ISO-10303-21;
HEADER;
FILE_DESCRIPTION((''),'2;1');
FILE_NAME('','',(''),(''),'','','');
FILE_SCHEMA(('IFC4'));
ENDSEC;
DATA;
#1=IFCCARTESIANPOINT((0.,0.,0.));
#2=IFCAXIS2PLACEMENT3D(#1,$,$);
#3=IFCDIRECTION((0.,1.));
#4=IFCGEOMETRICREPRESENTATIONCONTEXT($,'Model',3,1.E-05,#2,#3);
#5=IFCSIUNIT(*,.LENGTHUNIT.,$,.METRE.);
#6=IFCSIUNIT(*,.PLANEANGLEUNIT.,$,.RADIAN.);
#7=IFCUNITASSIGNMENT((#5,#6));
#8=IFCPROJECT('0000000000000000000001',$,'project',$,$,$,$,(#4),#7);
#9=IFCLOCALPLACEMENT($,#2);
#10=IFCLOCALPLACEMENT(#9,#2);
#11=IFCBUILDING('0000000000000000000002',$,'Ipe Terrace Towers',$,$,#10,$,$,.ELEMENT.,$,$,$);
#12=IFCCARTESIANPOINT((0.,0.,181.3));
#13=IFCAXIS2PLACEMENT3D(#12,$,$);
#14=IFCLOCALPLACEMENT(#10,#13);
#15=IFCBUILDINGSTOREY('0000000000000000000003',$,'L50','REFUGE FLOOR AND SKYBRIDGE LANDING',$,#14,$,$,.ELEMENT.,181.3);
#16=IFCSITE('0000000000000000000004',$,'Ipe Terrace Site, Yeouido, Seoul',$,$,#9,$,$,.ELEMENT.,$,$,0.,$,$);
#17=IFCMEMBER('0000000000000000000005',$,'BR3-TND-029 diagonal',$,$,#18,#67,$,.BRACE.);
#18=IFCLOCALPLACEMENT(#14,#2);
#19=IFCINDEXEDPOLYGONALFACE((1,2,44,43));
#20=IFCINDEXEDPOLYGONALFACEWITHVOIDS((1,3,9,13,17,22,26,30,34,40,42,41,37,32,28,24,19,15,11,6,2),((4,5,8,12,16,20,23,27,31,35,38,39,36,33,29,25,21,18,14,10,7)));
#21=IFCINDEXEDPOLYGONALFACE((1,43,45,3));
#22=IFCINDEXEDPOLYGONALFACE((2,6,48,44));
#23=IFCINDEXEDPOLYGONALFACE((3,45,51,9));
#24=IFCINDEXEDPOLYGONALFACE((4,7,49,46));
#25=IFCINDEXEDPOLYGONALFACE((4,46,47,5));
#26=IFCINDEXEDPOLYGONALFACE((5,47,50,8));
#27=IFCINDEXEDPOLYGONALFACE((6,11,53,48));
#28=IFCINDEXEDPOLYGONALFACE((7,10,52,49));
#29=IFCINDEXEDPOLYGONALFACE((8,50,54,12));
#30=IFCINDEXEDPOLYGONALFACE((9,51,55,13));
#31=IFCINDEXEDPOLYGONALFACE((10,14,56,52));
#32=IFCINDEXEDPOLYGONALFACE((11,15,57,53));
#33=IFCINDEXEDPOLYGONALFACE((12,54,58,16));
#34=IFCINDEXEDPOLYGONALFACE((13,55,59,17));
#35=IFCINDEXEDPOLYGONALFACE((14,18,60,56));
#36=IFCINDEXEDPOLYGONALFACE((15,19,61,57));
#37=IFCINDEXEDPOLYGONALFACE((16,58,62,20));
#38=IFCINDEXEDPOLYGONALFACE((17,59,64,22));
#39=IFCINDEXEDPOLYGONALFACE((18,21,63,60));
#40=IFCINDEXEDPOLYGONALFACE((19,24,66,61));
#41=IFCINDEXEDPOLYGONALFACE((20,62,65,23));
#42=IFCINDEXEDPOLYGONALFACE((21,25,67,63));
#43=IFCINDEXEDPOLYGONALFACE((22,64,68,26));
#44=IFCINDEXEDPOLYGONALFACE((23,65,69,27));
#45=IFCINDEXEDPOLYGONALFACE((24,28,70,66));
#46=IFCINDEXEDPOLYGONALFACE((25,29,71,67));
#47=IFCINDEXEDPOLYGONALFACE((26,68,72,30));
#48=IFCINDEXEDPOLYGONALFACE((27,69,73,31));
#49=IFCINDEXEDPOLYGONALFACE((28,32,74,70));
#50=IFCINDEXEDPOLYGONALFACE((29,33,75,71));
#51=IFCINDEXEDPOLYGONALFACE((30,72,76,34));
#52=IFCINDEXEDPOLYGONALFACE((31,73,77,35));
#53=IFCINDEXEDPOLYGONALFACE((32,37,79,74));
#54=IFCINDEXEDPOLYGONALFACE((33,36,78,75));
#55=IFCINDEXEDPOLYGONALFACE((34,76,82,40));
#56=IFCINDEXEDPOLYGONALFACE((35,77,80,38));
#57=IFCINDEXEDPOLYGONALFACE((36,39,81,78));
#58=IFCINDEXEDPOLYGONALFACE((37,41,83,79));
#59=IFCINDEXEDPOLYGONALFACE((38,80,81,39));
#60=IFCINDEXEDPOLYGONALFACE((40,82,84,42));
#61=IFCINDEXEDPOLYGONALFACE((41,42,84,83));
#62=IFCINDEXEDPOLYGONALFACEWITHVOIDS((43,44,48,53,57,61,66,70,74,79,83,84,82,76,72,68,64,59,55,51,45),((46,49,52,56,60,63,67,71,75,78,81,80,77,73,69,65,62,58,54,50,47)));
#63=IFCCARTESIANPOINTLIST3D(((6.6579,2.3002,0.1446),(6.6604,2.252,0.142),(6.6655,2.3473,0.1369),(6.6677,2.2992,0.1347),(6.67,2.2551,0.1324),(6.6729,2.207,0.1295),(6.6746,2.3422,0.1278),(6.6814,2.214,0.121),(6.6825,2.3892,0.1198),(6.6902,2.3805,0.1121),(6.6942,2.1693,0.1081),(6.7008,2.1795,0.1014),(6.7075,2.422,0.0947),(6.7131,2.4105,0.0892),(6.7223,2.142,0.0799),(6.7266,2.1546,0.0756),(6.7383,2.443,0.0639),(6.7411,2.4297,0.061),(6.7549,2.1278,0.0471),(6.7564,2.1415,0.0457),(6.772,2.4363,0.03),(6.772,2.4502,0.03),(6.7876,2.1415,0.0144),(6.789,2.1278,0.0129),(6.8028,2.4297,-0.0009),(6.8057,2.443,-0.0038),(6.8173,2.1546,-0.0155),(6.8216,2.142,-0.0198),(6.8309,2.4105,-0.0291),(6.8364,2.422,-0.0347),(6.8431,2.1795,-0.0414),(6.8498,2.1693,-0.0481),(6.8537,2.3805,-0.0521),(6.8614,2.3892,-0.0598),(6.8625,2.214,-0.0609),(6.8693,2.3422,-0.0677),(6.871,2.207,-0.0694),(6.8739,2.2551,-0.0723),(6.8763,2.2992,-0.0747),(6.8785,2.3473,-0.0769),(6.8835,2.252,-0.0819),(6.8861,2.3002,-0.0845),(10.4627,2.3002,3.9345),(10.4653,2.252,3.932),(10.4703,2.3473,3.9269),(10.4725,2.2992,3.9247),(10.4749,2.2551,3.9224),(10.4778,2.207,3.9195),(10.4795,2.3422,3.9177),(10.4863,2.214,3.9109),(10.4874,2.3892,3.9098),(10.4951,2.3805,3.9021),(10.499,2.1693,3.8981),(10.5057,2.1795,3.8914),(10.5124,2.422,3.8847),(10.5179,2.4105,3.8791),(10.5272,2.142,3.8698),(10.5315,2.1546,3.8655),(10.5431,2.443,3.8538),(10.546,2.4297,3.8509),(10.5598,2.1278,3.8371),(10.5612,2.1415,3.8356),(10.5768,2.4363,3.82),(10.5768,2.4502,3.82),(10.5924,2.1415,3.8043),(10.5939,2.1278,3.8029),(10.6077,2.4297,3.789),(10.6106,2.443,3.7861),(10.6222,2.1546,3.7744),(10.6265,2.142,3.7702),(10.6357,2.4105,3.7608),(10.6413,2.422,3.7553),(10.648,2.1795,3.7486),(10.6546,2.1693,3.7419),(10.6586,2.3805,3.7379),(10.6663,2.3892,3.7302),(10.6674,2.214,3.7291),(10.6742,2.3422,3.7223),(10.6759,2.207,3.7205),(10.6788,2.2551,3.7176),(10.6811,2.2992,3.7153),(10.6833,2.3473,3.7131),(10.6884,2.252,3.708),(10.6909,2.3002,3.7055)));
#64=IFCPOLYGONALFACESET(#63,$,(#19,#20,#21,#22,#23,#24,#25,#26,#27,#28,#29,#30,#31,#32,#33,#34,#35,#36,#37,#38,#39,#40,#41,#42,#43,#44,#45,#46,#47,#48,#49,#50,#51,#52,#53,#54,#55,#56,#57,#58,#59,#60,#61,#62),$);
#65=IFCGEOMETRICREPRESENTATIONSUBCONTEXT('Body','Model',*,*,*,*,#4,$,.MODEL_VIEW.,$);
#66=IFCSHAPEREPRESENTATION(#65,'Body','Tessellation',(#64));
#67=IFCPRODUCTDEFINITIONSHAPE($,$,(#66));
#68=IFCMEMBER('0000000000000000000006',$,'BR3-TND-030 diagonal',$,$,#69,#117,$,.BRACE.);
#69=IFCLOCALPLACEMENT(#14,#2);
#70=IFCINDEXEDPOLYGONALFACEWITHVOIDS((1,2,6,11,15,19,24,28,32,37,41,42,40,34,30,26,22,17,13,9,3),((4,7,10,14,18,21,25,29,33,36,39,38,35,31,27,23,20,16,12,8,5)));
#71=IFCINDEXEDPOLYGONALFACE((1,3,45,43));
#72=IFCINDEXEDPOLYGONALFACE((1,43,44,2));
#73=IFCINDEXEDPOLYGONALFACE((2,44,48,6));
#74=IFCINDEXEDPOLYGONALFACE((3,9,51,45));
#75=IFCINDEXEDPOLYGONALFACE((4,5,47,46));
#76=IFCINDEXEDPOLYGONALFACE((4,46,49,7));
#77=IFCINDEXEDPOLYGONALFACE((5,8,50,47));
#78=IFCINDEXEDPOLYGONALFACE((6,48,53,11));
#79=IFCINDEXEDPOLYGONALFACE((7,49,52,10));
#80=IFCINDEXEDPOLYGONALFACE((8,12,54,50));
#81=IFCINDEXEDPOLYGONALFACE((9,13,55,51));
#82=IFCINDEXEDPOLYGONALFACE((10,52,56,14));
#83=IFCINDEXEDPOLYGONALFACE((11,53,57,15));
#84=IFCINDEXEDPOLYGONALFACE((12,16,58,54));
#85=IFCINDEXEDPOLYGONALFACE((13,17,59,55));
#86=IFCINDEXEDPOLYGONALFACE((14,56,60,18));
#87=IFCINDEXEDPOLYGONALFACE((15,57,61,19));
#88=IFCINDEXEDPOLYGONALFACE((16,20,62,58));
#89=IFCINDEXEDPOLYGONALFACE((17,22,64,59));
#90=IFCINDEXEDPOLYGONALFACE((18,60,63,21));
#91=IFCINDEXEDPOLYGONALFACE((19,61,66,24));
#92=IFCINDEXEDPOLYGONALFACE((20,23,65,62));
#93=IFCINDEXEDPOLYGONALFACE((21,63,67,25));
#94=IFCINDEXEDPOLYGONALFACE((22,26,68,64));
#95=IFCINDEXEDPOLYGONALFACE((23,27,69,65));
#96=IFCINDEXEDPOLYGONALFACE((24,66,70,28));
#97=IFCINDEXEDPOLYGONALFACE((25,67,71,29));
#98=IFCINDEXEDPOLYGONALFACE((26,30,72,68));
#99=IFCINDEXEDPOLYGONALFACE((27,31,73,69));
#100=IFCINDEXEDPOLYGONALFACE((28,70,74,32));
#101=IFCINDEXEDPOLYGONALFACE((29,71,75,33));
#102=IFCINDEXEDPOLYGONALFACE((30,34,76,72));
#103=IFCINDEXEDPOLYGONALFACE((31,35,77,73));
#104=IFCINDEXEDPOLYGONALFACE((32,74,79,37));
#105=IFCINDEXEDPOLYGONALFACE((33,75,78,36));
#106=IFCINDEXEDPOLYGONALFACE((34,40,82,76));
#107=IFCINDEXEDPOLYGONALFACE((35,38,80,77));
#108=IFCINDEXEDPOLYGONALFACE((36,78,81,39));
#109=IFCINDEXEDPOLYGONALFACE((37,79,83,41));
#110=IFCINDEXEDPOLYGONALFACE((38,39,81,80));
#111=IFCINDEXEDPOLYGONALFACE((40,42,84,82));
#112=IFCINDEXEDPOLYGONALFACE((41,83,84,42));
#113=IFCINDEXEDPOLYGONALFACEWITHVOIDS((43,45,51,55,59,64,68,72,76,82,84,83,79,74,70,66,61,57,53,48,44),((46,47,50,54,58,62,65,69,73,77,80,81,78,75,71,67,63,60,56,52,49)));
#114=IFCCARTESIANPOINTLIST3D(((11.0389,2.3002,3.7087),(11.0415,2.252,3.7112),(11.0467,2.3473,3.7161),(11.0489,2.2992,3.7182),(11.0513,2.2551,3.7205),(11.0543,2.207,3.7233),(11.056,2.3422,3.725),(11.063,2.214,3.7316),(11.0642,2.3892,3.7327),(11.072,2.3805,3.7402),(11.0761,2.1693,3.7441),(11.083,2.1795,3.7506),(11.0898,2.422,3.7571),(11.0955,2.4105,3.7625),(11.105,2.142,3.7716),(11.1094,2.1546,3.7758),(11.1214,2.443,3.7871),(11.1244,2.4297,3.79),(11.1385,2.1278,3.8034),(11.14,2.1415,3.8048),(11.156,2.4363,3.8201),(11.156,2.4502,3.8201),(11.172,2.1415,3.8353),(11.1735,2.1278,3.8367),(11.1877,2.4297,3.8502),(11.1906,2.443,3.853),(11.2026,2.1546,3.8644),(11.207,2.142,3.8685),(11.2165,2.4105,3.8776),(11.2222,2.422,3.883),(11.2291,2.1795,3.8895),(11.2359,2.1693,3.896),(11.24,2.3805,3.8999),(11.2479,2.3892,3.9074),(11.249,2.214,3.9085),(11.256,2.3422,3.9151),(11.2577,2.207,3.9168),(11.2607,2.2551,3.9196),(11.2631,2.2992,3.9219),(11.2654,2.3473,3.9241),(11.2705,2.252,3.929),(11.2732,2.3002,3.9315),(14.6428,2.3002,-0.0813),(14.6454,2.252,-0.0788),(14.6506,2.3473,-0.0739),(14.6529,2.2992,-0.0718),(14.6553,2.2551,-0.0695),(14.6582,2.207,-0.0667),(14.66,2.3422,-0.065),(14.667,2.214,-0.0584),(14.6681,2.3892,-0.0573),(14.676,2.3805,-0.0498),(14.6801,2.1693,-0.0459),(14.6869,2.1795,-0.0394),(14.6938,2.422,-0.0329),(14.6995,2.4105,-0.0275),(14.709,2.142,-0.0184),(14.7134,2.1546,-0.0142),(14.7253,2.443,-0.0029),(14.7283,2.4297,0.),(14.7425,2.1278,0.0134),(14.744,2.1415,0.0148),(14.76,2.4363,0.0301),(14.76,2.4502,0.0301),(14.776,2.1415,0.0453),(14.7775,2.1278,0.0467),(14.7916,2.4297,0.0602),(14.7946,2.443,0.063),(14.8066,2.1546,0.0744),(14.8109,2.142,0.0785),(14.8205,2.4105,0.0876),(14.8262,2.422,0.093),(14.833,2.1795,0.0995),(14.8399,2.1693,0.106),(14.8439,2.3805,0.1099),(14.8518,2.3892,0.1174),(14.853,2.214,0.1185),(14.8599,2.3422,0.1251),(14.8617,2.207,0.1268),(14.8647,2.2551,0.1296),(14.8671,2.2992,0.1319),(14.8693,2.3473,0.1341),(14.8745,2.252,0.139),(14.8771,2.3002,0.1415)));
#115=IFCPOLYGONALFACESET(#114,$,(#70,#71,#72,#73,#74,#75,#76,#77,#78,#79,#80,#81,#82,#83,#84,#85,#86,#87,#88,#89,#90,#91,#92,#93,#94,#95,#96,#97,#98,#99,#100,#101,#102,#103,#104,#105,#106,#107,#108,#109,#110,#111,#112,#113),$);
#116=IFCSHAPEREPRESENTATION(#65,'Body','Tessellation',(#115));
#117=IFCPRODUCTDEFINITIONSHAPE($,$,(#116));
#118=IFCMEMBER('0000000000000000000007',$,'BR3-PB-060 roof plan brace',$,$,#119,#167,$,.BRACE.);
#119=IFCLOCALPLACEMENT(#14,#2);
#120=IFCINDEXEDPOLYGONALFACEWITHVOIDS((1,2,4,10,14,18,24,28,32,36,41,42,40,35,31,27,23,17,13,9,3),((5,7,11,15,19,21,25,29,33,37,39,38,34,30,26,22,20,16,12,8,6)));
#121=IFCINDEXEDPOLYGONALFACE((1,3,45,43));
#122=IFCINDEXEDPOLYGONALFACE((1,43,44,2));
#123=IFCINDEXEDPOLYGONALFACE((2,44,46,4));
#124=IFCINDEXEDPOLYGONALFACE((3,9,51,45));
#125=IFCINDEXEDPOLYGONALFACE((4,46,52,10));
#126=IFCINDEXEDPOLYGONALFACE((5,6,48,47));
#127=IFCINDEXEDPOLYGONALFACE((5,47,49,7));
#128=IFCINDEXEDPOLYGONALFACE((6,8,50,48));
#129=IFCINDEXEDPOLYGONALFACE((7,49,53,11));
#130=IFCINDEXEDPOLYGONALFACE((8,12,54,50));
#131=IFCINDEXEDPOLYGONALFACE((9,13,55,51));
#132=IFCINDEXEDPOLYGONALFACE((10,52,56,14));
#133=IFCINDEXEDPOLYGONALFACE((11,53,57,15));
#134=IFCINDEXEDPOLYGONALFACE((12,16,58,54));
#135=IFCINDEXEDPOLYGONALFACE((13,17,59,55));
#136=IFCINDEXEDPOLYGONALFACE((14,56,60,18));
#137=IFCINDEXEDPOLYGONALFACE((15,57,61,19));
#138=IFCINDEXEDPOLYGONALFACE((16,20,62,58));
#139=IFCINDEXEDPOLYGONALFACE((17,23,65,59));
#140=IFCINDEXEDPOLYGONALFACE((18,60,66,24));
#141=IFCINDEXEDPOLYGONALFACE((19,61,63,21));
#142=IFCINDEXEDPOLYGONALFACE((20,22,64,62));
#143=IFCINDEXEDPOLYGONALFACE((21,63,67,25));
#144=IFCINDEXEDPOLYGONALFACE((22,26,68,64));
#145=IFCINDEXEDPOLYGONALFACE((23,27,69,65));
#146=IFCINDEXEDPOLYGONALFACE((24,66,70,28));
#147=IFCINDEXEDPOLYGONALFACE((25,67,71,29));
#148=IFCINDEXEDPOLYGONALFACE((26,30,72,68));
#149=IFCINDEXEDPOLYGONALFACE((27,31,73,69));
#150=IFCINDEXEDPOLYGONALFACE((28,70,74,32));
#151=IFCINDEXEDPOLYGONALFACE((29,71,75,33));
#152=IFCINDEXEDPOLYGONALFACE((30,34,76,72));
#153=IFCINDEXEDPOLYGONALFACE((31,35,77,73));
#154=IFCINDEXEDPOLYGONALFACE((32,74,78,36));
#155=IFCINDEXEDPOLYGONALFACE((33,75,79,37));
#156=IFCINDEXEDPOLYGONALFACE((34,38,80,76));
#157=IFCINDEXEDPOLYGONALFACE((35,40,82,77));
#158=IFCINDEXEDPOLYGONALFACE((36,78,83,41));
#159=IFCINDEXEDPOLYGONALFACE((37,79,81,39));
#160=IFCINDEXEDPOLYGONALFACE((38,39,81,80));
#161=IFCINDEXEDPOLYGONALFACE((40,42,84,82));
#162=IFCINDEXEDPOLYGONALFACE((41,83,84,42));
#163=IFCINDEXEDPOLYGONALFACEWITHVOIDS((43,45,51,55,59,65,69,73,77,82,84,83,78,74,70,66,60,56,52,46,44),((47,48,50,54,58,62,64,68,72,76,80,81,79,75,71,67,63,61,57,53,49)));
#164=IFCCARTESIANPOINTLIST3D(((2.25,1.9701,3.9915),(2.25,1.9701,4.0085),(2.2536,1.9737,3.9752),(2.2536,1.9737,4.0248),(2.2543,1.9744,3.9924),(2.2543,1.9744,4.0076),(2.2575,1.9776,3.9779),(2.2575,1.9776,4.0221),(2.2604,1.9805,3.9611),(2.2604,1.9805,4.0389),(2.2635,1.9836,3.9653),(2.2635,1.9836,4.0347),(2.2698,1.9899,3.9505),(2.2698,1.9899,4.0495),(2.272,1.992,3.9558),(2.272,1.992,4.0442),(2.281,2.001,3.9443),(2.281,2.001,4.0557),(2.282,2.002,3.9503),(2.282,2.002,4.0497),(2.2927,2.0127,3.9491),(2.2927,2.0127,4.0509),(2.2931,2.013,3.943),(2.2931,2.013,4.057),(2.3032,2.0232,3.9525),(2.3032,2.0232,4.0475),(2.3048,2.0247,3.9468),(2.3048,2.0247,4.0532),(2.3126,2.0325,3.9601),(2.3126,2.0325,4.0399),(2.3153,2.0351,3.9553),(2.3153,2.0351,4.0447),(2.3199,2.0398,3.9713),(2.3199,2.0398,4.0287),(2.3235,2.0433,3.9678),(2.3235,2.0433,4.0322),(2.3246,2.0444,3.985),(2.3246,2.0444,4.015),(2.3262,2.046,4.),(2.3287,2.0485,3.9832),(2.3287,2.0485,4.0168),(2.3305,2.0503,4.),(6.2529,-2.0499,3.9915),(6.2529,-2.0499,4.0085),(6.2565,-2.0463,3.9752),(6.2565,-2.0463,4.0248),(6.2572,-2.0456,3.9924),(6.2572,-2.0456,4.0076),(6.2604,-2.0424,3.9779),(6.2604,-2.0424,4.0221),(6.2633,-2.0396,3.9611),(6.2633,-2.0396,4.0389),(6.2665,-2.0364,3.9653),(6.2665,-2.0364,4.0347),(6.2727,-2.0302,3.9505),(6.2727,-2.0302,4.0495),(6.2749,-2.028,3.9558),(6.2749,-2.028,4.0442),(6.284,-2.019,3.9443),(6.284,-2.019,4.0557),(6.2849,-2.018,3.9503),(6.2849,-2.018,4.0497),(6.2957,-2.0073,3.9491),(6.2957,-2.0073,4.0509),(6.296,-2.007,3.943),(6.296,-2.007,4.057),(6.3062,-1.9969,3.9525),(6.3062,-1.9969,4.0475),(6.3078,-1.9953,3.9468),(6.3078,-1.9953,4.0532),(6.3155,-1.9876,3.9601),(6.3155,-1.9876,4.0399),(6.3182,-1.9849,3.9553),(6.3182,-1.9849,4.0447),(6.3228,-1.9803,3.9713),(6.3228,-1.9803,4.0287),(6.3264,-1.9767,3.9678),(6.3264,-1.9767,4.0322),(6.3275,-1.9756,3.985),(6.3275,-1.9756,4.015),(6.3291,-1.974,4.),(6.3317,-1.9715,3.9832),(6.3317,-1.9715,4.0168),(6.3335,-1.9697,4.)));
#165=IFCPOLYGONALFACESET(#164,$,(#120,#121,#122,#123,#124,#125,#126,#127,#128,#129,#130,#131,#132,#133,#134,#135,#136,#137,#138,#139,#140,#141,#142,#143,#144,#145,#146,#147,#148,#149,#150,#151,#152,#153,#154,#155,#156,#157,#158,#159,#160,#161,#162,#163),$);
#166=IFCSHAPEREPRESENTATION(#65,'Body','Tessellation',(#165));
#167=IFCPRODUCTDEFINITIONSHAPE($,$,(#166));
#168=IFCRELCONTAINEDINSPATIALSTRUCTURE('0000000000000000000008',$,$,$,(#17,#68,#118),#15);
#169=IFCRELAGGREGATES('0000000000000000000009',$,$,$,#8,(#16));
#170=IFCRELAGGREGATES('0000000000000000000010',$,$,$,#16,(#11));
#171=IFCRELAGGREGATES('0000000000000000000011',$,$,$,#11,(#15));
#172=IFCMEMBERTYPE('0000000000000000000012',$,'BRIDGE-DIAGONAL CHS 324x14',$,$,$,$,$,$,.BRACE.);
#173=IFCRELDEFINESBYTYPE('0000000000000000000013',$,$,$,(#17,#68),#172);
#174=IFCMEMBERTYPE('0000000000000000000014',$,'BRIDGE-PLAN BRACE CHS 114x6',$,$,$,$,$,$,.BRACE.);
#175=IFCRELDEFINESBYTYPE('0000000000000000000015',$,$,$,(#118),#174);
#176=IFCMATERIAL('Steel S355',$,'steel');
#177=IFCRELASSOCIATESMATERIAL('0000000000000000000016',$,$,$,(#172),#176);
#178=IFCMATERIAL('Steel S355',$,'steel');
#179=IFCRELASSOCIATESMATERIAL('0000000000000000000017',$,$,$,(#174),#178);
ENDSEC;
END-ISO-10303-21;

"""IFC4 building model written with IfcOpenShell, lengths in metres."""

from ifc_helpers import new_model, si_unit, direction, frame, origin, origin_2d, place, context, subcontext, project, spatial, hollow_circle, extrude, material, material_profile, profile_set, type_object, element, save


model = new_model("IFC4")

# Units and contexts
model_context = context("Model", 3, precision=1e-05, world=origin(), true_north=direction((0.0, 1.0)))
body_context = subcontext(model_context, "Body", "Model", "MODEL_VIEW")
ifc_project = project(units=[si_unit("LENGTHUNIT", "METRE"), si_unit("PLANEANGLEUNIT", "RADIAN")], contexts=[model_context])

# Site, building, storey
site_placement = place(None, origin())
site = spatial("IfcSite", under=ifc_project, at=site_placement, Name="Ipe Terrace Site, Yeouido, Seoul", CompositionType="ELEMENT", RefElevation=0.0)
building_placement = place(site_placement, origin())
building = spatial("IfcBuilding", under=site, at=building_placement, Name="Ipe Terrace Towers", CompositionType="ELEMENT")
storey_placement = place(building_placement, frame((0.0, 0.0, 181.3)))
storey = spatial("IfcBuildingStorey", under=building, at=storey_placement, Name="L50", Description="REFUGE FLOOR AND SKYBRIDGE LANDING", CompositionType="ELEMENT", Elevation=181.3)

# Members
ifc_material_1 = material(Name="Steel S355", Category="steel")
ifc_material_profile_1 = material_profile(ifc_material_1, hollow_circle(Radius=0.1621, WallThickness=0.0139, at=origin_2d()), Name="BRIDGE-DIAGONAL CHS 324x14")
ifc_profile_set_1 = profile_set([ifc_material_profile_1], Name="Steel S355")
member_type_1 = type_object("IfcMemberType", Name="BRIDGE-DIAGONAL CHS 324x14", PredefinedType="BRACE", material=ifc_profile_set_1)
member_1_placement = place(storey_placement, frame((6.772, 2.2881, 0.03), z_axis=(0.708492, 0.0, 0.705719), x_axis=(0.0, 1.0, 0.0)))
element("IfcMember", 1, at=member_1_placement, inside=storey, type_object=member_type_1, Name="BR3-TND-029 diagonal", PredefinedType="BRACE", context=body_context, shape_type="SweptSolid", body=[
    extrude(hollow_circle(Radius=0.1621, WallThickness=0.0139, at=origin_2d()), origin(), (0.0, 0.0, 1.0), 5.3704),
])
member_2_placement = place(storey_placement, frame((11.156, 2.2881, 3.8201), z_axis=(0.689098, 0.0, -0.724668), x_axis=(0.0, 1.0, 0.0)))
element("IfcMember", 2, at=member_2_placement, inside=storey, type_object=member_type_1, Name="BR3-TND-030 diagonal", PredefinedType="BRACE", context=body_context, shape_type="SweptSolid", body=[
    extrude(hollow_circle(Radius=0.1621, WallThickness=0.0139, at=origin_2d()), origin(), (0.0, 0.0, 1.0), 5.23),
])
ifc_material_2 = material(Name="Steel S355", Category="steel")
ifc_material_profile_2 = material_profile(ifc_material_2, hollow_circle(Radius=0.0571, WallThickness=0.0061, at=origin_2d()), Name="BRIDGE-PLAN BRACE CHS 114x6")
ifc_profile_set_2 = profile_set([ifc_material_profile_2], Name="Steel S355")
member_type_2 = type_object("IfcMemberType", Name="BRIDGE-PLAN BRACE CHS 114x6", PredefinedType="BRACE", material=ifc_profile_set_2)
member_3_placement = place(storey_placement, frame((2.29, 2.01, 4.0), z_axis=(0.705599, -0.708611, 0.0), x_axis=(0.708611, 0.705599, 0.0)))
element("IfcMember", 3, at=member_3_placement, inside=storey, type_object=member_type_2, Name="BR3-PB-060 roof plan brace", PredefinedType="BRACE", context=body_context, shape_type="SweptSolid", body=[
    extrude(hollow_circle(Radius=0.0571, WallThickness=0.0061, at=origin_2d()), origin(), (0.0, 0.0, 1.0), 5.6731),
])

save(model, "model.ifc")
